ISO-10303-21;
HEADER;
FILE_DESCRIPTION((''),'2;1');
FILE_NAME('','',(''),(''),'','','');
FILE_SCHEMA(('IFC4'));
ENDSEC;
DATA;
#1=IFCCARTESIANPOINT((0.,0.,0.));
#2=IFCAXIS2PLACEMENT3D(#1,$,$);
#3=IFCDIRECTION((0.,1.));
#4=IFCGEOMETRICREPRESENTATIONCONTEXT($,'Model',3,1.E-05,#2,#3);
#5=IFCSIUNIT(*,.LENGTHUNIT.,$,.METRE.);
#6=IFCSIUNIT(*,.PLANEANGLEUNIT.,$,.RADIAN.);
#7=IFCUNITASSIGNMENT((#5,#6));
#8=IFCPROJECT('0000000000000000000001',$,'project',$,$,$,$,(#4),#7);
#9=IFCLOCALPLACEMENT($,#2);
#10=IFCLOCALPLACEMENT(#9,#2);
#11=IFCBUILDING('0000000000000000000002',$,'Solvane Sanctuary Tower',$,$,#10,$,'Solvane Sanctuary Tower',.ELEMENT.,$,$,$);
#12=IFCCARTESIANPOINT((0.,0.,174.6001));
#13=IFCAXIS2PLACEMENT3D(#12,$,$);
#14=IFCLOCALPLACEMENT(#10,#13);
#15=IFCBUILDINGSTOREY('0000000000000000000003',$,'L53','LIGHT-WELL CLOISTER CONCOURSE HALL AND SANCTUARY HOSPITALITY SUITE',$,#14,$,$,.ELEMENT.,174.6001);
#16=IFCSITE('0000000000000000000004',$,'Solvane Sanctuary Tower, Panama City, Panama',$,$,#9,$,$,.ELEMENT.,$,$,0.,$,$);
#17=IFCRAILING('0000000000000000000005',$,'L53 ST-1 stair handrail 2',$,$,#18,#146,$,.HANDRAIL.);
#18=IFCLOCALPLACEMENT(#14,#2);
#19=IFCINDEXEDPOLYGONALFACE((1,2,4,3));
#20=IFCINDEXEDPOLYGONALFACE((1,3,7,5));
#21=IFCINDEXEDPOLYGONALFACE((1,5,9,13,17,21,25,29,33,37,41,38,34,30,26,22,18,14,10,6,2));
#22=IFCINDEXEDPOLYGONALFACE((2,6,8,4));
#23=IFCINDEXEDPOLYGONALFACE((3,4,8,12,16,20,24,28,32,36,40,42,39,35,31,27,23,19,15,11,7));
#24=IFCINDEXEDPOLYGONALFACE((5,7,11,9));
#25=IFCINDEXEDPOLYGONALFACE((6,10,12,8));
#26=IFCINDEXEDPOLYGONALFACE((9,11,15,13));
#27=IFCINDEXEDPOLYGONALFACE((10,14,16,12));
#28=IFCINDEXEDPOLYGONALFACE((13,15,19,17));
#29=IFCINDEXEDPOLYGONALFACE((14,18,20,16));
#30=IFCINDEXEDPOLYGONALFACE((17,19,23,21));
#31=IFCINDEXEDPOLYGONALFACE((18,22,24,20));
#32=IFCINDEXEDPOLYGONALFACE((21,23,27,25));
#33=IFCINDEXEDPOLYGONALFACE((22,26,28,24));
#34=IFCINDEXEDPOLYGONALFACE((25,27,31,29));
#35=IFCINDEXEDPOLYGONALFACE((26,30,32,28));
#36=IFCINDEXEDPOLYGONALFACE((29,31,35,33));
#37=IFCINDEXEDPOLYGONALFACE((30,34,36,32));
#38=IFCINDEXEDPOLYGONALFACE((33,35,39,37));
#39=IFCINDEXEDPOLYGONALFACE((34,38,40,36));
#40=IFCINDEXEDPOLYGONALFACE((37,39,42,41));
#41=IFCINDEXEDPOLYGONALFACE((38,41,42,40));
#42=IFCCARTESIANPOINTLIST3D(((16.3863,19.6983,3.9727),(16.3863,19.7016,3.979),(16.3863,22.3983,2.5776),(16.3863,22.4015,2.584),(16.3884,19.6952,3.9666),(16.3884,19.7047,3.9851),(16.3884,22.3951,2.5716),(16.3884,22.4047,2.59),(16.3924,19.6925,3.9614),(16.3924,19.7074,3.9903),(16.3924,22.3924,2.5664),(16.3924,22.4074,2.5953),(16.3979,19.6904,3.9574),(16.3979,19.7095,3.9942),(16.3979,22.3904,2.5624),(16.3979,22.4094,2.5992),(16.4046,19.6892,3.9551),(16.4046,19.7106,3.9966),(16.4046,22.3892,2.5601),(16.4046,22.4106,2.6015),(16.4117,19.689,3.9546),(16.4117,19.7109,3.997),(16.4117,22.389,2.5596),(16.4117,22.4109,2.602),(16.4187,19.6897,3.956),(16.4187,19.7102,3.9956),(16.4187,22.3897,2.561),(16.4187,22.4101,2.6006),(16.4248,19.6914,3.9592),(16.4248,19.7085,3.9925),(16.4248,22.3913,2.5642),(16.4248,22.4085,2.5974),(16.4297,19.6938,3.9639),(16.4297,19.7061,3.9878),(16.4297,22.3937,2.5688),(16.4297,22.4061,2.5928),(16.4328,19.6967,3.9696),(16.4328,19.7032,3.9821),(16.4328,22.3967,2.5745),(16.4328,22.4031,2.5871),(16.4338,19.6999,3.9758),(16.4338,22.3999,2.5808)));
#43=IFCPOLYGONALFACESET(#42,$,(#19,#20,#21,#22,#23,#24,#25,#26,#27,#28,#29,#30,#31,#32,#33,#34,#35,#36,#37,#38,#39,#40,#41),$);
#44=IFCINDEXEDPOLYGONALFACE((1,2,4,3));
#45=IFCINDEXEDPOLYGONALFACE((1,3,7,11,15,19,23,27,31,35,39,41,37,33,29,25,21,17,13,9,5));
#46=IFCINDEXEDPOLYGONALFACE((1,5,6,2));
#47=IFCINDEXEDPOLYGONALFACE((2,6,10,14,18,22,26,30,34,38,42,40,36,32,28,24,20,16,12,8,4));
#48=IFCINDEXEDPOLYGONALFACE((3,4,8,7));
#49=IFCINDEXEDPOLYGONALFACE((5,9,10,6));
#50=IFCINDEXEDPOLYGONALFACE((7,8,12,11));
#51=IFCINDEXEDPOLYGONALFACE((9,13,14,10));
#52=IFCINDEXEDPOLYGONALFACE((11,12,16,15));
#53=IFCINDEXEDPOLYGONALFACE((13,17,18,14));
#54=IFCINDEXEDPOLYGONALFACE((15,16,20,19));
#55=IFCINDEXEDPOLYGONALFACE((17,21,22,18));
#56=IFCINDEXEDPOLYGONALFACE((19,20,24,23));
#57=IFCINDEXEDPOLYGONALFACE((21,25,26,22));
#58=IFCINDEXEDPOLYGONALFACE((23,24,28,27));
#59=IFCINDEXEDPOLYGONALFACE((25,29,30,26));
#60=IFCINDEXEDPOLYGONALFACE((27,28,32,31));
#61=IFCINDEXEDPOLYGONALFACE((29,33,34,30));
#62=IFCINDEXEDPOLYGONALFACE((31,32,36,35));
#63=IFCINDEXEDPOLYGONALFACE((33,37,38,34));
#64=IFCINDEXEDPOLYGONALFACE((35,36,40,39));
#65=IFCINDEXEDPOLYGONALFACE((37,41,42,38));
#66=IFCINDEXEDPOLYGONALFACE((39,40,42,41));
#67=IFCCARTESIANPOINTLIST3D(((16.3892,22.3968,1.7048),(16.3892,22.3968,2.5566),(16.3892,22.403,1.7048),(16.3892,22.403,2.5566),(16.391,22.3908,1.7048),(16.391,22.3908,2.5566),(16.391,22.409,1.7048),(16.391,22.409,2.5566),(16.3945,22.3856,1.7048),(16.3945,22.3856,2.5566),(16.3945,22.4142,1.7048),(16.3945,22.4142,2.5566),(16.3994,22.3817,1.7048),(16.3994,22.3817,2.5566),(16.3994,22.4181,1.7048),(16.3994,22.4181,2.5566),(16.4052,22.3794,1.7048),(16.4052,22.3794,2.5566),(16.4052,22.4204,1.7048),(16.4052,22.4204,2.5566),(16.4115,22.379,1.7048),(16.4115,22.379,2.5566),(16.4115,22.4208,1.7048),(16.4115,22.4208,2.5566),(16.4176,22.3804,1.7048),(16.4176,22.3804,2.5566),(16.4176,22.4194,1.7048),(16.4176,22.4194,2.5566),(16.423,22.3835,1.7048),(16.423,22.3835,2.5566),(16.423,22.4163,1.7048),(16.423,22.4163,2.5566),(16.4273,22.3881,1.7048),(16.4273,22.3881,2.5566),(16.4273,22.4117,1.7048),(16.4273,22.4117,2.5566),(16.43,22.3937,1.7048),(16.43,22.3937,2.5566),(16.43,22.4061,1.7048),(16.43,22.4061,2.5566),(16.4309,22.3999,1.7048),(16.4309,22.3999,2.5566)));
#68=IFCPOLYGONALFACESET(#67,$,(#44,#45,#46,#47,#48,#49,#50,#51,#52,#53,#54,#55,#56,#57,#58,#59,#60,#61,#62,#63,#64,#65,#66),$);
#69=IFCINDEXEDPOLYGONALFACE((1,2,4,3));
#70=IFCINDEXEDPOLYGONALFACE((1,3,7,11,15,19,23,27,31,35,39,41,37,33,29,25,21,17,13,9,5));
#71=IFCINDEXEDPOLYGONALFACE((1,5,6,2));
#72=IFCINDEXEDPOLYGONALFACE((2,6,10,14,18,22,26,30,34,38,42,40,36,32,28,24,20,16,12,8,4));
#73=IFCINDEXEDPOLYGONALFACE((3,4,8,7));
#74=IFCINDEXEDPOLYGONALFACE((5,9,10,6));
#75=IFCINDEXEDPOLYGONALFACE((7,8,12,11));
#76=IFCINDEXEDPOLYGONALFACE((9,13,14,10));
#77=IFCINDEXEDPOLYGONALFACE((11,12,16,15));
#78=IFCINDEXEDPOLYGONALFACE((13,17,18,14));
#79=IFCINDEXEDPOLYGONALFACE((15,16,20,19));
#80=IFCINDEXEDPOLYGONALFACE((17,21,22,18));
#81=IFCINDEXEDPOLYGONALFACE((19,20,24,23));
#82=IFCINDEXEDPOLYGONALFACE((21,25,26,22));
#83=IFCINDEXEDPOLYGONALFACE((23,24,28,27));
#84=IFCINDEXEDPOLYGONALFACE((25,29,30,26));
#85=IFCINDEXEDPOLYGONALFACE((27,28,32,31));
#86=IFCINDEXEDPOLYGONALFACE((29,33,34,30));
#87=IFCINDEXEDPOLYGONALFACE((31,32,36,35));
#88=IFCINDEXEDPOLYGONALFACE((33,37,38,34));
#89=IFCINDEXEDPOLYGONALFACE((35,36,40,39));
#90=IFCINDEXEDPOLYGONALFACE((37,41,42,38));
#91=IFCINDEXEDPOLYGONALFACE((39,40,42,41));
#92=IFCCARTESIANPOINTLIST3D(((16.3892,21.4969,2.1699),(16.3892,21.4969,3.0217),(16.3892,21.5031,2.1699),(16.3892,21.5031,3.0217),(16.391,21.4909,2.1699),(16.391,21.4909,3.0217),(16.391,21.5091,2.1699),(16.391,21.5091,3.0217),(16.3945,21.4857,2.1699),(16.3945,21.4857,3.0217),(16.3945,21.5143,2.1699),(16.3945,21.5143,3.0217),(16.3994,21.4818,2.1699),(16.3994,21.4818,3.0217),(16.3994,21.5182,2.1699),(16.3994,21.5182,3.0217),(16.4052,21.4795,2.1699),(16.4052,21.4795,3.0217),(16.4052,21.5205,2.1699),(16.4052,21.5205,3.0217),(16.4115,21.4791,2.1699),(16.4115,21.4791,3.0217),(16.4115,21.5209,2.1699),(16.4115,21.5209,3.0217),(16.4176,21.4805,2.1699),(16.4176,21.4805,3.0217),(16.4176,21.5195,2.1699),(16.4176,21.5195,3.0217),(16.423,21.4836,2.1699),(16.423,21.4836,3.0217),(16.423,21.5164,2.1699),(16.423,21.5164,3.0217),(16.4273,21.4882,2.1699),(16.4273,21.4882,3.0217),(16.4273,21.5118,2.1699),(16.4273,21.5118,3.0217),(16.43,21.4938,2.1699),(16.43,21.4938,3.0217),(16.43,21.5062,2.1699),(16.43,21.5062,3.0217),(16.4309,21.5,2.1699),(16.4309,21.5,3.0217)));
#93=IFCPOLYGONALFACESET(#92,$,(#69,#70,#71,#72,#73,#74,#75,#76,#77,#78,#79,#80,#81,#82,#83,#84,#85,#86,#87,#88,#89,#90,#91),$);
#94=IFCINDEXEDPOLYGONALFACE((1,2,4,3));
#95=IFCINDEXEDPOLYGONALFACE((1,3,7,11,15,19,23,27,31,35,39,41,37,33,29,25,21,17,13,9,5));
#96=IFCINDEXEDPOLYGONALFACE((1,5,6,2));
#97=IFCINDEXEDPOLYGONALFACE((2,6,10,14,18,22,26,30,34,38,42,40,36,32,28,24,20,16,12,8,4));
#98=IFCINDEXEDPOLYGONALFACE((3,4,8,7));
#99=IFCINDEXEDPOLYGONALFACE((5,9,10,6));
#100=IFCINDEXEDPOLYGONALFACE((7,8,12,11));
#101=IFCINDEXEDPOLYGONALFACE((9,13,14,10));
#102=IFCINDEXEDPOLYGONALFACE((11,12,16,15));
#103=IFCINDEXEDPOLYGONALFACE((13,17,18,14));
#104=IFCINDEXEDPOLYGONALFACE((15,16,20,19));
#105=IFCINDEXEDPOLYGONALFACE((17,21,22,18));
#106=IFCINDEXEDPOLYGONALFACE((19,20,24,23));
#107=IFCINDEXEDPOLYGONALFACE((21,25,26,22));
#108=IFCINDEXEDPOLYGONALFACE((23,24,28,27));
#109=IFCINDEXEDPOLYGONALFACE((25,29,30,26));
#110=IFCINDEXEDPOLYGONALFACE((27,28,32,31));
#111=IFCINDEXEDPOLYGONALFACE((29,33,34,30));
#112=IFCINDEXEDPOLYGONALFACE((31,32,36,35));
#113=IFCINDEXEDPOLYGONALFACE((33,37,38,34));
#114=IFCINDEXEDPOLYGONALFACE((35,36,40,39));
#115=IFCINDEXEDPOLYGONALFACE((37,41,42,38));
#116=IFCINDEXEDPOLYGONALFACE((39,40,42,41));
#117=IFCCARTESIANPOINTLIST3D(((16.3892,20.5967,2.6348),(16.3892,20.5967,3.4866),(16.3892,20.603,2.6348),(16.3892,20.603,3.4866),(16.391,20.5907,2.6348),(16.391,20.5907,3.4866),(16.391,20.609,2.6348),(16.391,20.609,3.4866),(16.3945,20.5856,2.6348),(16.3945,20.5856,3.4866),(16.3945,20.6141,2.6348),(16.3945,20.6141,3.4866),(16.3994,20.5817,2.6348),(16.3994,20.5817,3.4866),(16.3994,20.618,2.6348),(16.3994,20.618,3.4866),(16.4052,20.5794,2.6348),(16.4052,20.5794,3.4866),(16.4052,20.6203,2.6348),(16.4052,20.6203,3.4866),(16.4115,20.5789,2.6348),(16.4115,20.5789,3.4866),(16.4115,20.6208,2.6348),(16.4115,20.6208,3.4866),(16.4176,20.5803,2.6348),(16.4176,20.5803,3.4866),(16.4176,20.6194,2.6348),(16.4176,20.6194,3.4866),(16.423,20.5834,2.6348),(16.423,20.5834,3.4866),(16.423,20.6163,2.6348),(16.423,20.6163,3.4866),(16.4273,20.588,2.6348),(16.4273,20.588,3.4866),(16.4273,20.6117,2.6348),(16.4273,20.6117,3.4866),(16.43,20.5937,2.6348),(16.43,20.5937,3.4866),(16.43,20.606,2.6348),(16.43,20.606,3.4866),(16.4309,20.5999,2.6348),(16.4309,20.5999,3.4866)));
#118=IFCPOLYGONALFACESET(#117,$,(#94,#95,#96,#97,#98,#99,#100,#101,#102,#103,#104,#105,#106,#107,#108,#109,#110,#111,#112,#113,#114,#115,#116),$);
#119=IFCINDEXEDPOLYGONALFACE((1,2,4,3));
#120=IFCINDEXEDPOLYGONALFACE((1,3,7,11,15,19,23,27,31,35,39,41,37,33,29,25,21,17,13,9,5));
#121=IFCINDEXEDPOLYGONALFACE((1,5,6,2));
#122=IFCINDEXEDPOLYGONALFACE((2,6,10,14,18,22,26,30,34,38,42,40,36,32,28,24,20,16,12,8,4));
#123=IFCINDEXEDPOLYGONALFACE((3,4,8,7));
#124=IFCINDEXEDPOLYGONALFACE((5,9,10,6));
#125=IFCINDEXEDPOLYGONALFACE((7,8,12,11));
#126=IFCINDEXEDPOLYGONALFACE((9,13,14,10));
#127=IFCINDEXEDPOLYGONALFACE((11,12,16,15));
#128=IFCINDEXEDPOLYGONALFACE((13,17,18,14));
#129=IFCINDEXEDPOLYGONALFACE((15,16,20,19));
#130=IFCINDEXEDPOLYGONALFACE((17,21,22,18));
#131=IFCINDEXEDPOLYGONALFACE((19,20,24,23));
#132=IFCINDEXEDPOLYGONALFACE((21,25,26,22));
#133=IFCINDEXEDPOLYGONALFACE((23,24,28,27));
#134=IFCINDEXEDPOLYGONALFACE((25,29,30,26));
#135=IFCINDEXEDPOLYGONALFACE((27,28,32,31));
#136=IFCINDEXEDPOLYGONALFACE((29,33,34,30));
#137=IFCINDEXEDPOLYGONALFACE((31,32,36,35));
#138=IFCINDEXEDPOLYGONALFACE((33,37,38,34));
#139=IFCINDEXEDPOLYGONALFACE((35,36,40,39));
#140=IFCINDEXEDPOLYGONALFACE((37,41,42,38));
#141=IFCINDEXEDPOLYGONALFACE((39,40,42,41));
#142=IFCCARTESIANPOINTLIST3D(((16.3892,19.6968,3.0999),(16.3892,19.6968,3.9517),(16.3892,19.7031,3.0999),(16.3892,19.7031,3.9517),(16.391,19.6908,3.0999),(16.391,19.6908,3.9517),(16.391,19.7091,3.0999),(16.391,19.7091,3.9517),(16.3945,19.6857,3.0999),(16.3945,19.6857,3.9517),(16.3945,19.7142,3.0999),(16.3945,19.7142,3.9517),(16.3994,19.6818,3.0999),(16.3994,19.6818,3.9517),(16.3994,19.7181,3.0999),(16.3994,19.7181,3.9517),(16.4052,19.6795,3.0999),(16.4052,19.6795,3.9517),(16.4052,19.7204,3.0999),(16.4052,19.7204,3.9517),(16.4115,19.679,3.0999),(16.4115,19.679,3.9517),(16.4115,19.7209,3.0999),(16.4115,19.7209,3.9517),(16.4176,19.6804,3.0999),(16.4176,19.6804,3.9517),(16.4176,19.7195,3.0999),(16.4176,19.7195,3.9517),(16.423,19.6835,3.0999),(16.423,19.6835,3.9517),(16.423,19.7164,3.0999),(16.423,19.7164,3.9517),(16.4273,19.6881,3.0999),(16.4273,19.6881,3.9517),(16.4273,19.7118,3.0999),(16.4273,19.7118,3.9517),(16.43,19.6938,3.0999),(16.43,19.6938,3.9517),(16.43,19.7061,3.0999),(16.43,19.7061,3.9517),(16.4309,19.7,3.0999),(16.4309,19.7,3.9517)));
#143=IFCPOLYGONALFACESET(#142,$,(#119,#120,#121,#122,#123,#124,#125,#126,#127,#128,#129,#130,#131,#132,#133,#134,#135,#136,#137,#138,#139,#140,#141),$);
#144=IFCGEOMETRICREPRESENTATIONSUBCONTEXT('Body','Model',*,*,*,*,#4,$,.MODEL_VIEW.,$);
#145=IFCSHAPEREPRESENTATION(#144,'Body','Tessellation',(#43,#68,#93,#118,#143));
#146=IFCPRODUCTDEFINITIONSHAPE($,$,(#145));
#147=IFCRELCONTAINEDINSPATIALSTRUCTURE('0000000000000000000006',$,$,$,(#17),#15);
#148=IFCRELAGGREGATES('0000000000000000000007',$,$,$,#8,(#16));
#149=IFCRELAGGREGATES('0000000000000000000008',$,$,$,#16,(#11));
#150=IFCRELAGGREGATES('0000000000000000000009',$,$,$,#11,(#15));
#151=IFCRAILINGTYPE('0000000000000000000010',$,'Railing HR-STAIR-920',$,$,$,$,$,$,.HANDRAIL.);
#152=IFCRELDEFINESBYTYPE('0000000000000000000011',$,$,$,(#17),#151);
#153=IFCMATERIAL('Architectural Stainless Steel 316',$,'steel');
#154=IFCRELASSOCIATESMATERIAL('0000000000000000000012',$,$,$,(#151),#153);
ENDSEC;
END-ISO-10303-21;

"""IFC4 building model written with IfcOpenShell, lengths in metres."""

from ifc_helpers import new_model, si_unit, direction, frame, origin, origin_2d, place, context, subcontext, project, spatial, circle, extrude, material, type_object, element, save


model = new_model("IFC4")

# Units and contexts
model_context = context("Model", 3, precision=1e-05, world=origin(), true_north=direction((0.0, 1.0)))
body_context = subcontext(model_context, "Body", "Model", "MODEL_VIEW")
ifc_project = project(units=[si_unit("LENGTHUNIT", "METRE"), si_unit("PLANEANGLEUNIT", "RADIAN")], contexts=[model_context])

# Site, building, storey
site_placement = place(None, origin())
site = spatial("IfcSite", under=ifc_project, at=site_placement, Name="Solvane Sanctuary Tower, Panama City, Panama", CompositionType="ELEMENT", RefElevation=0.0)
building_placement = place(site_placement, origin())
building = spatial("IfcBuilding", under=site, at=building_placement, Name="Solvane Sanctuary Tower", LongName="Solvane Sanctuary Tower", CompositionType="ELEMENT")
storey_placement = place(building_placement, frame((0.0, 0.0, 174.6001)))
storey = spatial("IfcBuildingStorey", under=building, at=storey_placement, Name="L53", Description="LIGHT-WELL CLOISTER CONCOURSE HALL AND SANCTUARY HOSPITALITY SUITE", CompositionType="ELEMENT", Elevation=174.6001)

# Railing
ifc_material_1 = material(Name="Architectural Stainless Steel 316", Category="steel")
railing_type_1 = type_object("IfcRailingType", Name="Railing HR-STAIR-920", PredefinedType="HANDRAIL", material=ifc_material_1)
railing_1_placement = place(storey_placement, frame((16.4099, 22.3999, 1.7048)))
element("IfcRailing", 1, at=railing_1_placement, inside=storey, type_object=railing_type_1, Name="L53 ST-1 stair handrail 2", PredefinedType="HANDRAIL", context=body_context, shape_type="SweptSolid", body=[
    extrude(circle(Radius=0.0239, at=origin_2d()), frame((0.0, 0.0, 0.876), z_axis=(0.0, -0.88842, 0.459032), x_axis=(1.0, 0.0, 0.0)), (0.0, 0.0, 1.0), 3.0391),
    extrude(circle(Radius=0.021, at=origin_2d()), origin(), (0.0, 0.0, 1.0), 0.8518),
    extrude(circle(Radius=0.021, at=origin_2d()), frame((0.0, -0.8999, 0.4651)), (0.0, 0.0, 1.0), 0.8518),
    extrude(circle(Radius=0.021, at=origin_2d()), frame((0.0, -1.8, 0.9299)), (0.0, 0.0, 1.0), 0.8518),
    extrude(circle(Radius=0.021, at=origin_2d()), frame((0.0, -2.7, 1.395)), (0.0, 0.0, 1.0), 0.8518),
])

save(model, "model.ifc")
